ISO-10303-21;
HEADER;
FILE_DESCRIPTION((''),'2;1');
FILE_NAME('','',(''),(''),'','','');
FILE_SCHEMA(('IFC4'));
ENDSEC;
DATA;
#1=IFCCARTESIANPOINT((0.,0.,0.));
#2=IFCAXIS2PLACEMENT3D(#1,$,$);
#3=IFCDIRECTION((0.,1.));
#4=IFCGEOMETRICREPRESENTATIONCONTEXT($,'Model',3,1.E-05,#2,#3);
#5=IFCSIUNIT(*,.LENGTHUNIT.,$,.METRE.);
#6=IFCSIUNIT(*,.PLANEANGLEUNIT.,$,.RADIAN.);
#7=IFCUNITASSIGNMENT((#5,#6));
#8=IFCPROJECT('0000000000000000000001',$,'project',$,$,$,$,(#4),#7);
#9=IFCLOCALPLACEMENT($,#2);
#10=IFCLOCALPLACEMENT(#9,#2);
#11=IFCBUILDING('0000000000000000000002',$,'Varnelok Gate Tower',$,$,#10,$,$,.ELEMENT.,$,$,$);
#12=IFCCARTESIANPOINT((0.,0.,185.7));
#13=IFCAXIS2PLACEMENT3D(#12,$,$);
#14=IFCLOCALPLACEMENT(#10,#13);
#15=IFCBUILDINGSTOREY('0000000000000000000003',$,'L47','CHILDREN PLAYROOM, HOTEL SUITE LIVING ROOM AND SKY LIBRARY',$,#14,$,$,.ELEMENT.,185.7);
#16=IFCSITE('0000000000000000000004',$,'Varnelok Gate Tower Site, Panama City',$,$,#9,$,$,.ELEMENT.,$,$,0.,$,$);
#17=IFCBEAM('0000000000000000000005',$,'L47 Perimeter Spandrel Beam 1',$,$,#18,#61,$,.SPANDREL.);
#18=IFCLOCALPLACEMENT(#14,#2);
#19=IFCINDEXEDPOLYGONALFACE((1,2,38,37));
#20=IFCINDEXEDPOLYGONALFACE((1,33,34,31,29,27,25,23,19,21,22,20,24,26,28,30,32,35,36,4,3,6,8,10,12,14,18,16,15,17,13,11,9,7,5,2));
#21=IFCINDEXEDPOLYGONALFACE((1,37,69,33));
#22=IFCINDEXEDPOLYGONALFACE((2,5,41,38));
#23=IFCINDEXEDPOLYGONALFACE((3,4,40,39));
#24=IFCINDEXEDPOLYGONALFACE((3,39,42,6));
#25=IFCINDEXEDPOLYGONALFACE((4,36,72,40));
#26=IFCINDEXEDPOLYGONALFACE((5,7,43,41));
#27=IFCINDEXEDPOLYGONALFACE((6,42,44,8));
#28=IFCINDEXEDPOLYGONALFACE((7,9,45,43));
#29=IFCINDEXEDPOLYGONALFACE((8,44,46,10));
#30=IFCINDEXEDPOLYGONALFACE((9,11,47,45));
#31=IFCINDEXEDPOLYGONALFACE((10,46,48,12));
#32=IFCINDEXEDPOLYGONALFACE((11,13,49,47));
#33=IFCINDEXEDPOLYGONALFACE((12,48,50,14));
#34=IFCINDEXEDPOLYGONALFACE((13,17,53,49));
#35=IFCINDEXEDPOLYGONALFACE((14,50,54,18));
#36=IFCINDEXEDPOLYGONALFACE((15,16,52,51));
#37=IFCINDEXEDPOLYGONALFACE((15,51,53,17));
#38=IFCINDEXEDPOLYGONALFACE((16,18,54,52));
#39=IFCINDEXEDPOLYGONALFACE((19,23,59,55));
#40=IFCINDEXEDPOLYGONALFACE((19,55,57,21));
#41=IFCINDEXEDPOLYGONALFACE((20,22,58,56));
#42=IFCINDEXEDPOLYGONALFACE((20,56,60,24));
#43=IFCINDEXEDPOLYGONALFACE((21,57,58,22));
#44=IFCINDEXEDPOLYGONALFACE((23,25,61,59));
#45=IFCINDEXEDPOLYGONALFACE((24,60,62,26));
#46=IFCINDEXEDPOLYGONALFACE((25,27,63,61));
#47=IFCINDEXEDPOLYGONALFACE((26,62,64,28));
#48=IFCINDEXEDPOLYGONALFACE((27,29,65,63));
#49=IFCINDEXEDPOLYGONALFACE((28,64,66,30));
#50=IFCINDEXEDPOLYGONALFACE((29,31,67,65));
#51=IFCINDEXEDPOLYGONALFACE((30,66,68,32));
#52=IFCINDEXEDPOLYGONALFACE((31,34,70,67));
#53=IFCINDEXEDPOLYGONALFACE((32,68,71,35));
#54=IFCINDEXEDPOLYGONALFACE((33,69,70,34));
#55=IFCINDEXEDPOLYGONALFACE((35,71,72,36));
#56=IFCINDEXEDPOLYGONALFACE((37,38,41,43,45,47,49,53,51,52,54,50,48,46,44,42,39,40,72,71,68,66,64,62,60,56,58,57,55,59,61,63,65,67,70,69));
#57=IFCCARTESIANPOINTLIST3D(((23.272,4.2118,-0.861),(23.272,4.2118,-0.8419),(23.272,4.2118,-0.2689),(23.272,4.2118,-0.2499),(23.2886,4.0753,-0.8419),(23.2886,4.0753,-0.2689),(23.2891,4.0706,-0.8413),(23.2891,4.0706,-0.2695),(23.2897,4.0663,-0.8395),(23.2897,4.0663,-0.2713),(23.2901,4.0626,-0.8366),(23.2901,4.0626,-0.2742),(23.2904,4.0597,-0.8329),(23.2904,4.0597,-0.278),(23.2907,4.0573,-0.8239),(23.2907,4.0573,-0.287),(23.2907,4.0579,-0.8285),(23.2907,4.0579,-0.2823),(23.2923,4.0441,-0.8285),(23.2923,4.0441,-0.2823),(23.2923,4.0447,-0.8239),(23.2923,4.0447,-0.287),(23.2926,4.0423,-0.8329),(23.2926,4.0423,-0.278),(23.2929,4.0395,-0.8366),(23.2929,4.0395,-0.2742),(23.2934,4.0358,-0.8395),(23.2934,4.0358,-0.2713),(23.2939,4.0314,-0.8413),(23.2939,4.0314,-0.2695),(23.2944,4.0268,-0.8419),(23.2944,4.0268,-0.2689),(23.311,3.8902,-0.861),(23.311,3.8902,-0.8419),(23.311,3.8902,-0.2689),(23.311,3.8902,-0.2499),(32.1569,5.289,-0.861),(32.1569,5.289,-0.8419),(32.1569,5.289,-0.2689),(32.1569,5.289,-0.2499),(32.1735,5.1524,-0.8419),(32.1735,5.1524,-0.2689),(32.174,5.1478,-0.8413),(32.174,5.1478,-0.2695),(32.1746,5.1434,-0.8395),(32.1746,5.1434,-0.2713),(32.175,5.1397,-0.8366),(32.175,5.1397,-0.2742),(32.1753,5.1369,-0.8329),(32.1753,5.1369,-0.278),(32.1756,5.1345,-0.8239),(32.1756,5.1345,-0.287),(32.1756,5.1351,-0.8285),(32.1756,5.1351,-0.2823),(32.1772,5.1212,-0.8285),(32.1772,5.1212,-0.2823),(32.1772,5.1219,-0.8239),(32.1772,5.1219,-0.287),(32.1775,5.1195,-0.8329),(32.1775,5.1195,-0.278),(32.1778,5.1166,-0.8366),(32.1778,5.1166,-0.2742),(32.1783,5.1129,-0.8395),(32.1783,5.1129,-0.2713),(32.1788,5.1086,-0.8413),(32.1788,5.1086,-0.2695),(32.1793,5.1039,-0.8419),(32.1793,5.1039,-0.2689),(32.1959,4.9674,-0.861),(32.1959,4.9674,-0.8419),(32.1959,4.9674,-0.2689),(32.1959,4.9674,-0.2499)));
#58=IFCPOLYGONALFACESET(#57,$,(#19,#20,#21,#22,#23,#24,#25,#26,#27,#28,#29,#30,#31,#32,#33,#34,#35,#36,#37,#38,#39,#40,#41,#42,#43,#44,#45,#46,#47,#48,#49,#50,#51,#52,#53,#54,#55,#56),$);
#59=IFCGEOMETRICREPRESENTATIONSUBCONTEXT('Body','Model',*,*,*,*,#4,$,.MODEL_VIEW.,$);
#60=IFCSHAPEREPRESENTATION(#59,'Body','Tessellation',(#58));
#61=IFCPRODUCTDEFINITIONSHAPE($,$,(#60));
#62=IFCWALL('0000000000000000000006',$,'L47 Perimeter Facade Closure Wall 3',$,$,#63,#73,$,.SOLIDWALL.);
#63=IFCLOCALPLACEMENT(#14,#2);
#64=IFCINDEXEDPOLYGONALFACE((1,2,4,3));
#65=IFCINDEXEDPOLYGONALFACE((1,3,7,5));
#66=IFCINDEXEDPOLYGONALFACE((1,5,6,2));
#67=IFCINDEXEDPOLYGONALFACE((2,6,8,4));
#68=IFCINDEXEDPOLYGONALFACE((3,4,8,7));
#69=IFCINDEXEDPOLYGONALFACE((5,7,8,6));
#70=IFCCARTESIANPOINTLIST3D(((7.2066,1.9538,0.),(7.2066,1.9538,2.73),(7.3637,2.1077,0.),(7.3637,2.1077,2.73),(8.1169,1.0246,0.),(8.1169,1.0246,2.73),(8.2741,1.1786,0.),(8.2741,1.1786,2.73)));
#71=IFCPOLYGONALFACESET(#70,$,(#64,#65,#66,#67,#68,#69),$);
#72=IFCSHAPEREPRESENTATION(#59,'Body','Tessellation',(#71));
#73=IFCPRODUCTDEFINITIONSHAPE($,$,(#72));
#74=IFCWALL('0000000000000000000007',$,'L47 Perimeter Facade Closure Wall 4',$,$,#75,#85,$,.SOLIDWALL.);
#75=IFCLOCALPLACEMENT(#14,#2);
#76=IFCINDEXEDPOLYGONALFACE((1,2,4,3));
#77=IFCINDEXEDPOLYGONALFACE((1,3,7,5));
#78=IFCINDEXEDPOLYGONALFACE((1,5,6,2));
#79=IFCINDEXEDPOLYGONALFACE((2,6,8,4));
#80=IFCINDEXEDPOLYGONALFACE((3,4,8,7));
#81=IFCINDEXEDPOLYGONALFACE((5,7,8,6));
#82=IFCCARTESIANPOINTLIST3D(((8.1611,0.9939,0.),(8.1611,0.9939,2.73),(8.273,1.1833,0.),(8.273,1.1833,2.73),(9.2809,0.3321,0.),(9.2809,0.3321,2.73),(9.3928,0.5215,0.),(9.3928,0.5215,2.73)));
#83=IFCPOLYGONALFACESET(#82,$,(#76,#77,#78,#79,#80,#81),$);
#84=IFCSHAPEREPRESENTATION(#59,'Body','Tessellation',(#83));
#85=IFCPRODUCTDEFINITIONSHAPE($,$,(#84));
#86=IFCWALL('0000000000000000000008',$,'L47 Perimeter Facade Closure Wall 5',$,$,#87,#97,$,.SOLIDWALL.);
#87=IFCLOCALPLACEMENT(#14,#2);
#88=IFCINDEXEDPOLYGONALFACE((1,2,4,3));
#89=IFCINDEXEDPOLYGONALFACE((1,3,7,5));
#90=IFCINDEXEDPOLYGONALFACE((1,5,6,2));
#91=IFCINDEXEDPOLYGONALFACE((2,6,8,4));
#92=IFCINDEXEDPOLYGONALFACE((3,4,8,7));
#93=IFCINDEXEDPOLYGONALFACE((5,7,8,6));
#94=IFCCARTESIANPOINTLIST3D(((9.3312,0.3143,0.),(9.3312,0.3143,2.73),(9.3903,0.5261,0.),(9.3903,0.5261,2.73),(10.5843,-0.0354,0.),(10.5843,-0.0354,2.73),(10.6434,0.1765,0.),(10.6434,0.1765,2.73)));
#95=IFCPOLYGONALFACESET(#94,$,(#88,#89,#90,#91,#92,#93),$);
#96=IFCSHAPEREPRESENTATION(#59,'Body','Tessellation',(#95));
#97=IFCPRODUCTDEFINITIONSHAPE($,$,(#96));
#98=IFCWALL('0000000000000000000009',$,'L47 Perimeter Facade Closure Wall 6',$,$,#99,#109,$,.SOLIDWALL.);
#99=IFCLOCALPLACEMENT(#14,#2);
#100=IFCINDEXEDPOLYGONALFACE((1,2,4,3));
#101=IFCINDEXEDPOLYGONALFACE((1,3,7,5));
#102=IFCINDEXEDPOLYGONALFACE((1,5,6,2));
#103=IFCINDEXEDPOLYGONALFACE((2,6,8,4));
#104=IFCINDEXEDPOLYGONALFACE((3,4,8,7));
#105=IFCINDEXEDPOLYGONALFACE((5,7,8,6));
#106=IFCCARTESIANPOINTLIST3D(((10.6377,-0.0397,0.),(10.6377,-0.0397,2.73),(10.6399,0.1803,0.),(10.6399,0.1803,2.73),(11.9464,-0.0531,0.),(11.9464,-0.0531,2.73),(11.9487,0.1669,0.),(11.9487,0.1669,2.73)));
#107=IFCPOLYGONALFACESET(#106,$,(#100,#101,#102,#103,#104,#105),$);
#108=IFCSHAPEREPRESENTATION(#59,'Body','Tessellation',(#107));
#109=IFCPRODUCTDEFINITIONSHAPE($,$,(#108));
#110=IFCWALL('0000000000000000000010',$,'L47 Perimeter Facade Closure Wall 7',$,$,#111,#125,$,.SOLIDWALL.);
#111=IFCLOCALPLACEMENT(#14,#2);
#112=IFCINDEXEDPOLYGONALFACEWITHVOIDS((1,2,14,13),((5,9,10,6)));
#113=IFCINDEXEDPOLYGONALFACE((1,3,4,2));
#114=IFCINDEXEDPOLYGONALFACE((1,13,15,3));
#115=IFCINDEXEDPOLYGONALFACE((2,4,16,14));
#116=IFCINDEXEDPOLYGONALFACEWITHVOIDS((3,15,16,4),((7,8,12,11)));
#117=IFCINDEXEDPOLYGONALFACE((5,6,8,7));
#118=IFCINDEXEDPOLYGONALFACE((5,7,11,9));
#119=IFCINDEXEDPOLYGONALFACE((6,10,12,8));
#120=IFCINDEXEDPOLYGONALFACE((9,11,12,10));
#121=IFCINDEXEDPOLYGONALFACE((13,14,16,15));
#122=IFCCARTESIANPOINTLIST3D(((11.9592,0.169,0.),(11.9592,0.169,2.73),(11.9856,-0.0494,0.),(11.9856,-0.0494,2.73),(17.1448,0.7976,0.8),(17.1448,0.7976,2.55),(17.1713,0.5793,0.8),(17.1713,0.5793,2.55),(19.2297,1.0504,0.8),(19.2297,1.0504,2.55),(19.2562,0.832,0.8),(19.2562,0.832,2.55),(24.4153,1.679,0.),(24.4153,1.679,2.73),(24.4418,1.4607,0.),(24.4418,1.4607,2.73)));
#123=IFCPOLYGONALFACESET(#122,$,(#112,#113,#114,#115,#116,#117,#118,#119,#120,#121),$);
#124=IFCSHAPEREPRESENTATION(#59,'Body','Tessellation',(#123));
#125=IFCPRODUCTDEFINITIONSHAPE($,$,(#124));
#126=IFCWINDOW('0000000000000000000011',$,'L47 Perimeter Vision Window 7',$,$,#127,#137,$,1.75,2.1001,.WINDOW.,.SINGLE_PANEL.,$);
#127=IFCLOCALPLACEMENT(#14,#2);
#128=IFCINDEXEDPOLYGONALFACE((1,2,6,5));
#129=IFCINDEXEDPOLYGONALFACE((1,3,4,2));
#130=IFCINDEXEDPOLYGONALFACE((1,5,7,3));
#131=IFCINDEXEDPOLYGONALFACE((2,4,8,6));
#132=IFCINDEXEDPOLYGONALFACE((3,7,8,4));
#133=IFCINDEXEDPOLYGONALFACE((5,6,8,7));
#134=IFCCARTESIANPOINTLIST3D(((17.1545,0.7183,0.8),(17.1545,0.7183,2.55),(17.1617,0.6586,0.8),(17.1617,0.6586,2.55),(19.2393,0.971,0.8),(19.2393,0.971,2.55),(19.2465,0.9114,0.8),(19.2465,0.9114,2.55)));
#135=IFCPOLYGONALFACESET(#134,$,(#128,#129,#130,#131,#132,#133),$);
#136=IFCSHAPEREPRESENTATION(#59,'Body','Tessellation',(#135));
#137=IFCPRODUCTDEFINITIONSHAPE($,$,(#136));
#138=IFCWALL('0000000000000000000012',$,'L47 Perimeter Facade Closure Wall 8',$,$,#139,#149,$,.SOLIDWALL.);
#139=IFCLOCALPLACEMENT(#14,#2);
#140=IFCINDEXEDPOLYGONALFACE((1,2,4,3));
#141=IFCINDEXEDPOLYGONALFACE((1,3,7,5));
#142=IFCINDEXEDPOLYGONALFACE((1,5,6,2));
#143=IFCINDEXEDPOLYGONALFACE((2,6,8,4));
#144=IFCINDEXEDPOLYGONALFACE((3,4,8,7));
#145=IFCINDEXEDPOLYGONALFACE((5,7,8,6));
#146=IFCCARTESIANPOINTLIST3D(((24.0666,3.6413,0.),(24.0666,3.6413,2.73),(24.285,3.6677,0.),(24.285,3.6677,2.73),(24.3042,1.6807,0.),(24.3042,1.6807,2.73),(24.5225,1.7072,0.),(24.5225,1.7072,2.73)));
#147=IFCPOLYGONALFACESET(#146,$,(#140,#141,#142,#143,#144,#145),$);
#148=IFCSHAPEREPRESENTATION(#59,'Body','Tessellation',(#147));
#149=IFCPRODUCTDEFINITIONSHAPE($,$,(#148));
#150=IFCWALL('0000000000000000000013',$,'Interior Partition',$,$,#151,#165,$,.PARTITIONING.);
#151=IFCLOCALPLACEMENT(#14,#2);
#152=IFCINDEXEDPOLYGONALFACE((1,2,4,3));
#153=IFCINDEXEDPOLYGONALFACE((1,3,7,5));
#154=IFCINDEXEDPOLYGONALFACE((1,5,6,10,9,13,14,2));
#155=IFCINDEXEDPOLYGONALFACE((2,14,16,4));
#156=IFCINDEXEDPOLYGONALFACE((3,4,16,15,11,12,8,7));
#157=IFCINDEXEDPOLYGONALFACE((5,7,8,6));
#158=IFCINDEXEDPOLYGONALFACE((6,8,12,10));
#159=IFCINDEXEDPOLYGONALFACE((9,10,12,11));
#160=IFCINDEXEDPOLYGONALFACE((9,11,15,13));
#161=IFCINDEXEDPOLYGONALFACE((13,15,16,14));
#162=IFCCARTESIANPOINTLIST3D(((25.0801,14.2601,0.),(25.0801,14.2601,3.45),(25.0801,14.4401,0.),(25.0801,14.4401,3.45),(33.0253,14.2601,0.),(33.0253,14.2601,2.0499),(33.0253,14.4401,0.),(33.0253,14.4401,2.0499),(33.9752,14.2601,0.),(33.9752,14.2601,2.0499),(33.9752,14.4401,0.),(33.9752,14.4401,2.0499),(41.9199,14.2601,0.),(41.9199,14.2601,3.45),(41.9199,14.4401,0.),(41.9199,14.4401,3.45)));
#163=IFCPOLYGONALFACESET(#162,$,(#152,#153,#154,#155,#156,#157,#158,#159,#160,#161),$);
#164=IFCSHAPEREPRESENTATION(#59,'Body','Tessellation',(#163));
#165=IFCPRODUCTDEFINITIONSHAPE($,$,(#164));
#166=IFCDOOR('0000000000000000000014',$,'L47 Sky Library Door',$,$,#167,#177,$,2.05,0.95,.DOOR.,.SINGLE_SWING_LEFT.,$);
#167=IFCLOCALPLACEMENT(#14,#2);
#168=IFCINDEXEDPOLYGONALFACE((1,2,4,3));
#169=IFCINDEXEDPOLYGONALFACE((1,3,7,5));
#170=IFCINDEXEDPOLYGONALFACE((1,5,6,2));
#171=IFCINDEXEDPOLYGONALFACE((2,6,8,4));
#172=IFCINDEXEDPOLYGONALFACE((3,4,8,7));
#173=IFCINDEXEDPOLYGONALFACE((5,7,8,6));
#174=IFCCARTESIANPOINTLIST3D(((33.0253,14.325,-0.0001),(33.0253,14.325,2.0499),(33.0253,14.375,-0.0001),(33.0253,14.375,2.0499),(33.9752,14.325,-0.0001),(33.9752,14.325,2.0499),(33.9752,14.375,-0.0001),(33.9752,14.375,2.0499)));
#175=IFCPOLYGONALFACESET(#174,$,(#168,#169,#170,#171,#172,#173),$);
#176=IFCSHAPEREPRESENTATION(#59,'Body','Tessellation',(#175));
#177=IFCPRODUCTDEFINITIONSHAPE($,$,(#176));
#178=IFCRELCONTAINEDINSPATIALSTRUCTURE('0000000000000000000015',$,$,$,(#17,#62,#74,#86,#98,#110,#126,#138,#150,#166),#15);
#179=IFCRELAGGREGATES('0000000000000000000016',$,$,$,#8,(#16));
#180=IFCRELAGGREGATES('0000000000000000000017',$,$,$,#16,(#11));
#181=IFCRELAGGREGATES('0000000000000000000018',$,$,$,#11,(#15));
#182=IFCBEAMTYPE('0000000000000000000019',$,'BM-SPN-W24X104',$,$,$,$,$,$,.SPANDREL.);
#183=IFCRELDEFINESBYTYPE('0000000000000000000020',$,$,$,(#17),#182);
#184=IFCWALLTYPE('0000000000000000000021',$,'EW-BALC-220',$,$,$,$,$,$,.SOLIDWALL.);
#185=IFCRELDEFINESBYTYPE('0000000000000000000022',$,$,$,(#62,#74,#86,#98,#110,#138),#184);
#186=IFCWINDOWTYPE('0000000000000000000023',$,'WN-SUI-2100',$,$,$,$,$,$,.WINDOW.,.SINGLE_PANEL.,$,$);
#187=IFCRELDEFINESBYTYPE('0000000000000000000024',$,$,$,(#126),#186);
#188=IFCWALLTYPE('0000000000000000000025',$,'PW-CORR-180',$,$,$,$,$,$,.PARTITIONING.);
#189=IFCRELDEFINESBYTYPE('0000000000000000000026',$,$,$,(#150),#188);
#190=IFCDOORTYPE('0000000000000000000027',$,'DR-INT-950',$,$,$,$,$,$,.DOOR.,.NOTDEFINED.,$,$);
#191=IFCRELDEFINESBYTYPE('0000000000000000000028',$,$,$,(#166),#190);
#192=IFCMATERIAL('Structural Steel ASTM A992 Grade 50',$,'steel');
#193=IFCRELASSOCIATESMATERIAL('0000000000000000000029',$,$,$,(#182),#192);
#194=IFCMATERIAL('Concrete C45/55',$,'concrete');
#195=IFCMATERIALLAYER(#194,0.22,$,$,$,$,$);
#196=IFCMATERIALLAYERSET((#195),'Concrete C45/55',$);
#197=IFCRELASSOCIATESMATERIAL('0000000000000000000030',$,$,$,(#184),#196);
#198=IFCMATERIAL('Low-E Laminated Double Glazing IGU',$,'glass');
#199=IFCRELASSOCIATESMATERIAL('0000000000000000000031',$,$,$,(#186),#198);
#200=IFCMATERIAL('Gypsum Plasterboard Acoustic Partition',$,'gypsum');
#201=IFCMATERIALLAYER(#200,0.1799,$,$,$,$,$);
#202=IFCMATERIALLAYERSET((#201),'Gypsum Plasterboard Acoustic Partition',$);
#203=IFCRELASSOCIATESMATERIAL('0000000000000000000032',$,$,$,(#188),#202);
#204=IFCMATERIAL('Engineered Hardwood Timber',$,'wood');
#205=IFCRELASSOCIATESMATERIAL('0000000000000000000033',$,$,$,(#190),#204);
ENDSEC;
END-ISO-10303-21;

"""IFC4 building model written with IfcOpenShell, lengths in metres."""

from ifc_helpers import new_model, si_unit, direction, frame, frame_2d, origin, origin_2d, place, context, subcontext, project, spatial, rectangle, i_section, extrude, material, layer, layer_set, material_profile, profile_set, type_object, element, fill, save


model = new_model("IFC4")

# Units and contexts
model_context = context("Model", 3, precision=1e-05, world=origin(), true_north=direction((0.0, 1.0)))
body_context = subcontext(model_context, "Body", "Model", "MODEL_VIEW")
ifc_project = project(units=[si_unit("LENGTHUNIT", "METRE"), si_unit("PLANEANGLEUNIT", "RADIAN")], contexts=[model_context])

# Site, building, storey
site_placement = place(None, origin())
site = spatial("IfcSite", under=ifc_project, at=site_placement, Name="Varnelok Gate Tower Site, Panama City", CompositionType="ELEMENT", RefElevation=0.0)
building_placement = place(site_placement, origin())
building = spatial("IfcBuilding", under=site, at=building_placement, Name="Varnelok Gate Tower", CompositionType="ELEMENT")
storey_placement = place(building_placement, frame((0.0, 0.0, 185.7)))
storey = spatial("IfcBuildingStorey", under=building, at=storey_placement, Name="L47", Description="CHILDREN PLAYROOM, HOTEL SUITE LIVING ROOM AND SKY LIBRARY", CompositionType="ELEMENT", Elevation=185.7)

# Shared definitions
ifc_material_1 = material(Name="Structural Steel ASTM A992 Grade 50", Category="steel")

# Beam
ifc_material_profile_1 = material_profile(ifc_material_1, i_section(OverallWidth=0.324, OverallDepth=0.6111, WebThickness=0.0127, FlangeThickness=0.019, FilletRadius=0.0181, at=origin_2d()), Name="W24X104")
ifc_profile_set_1 = profile_set([ifc_material_profile_1], Name="Structural Steel ASTM A992 Grade 50")
beam_type_1 = type_object("IfcBeamType", Name="BM-SPN-W24X104", PredefinedType="SPANDREL", material=ifc_profile_set_1)
beam_1_placement = place(storey_placement, frame((23.2915, 4.051, -0.5554), z_axis=(0.992731, 0.120351, 0.0), x_axis=(-0.120351, 0.992731, 0.0)))
element("IfcBeam", 1, at=beam_1_placement, inside=storey, type_object=beam_type_1, Name="L47 Perimeter Spandrel Beam 1", PredefinedType="SPANDREL", context=body_context, shape_type="SweptSolid", body=[
    extrude(i_section(OverallWidth=0.324, OverallDepth=0.6111, WebThickness=0.0127, FlangeThickness=0.019, FilletRadius=0.0181, at=origin_2d()), origin(), (0.0, 0.0, 1.0), 8.95),
])

# Walls
ifc_material_2 = material(Name="Concrete C45/55", Category="concrete")
ifc_layer_1 = layer(ifc_material_2, 0.22)
ifc_layer_set_1 = layer_set([ifc_layer_1], Name="Concrete C45/55")
wall_type_1 = type_object("IfcWallType", Name="EW-BALC-220", PredefinedType="SOLIDWALL", material=ifc_layer_set_1)
for number, where, z_axis, x_axis, name in (
    (2, (7.2852, 2.0308, 0.0), (0.0, 0.0, 1.0), (0.699844, -0.714295, 0.0), "L47 Perimeter Facade Closure Wall 3"),
    (3, (8.217, 1.0886, 0.0), (0.0, 0.0, 1.0), (0.860885, -0.508799, 0.0), "L47 Perimeter Facade Closure Wall 4"),
):
    element("IfcWall", number, at=place(storey_placement, frame(where, z_axis=z_axis, x_axis=x_axis)), inside=storey, type_object=wall_type_1, Name=name, PredefinedType="SOLIDWALL", context=body_context, shape_type="SweptSolid", body=[
        extrude(rectangle(XDim=1.3008, YDim=0.22, at=frame_2d((0.6504, 0.0))), origin(), (0.0, 0.0, 1.0), 2.73),
    ])
wall_1_placement = place(storey_placement, frame((9.3608, 0.4202, 0.0), z_axis=(0.0, 0.0, 1.0), x_axis=(0.963219, -0.268718, 0.0)))
element("IfcWall", 4, at=wall_1_placement, inside=storey, type_object=wall_type_1, Name="L47 Perimeter Facade Closure Wall 5", PredefinedType="SOLIDWALL", context=body_context, shape_type="SweptSolid", body=[
    extrude(rectangle(XDim=1.301, YDim=0.22, at=frame_2d((0.6504, 0.0))), origin(), (0.0, 0.0, 1.0), 2.73),
])
wall_2_placement = place(storey_placement, frame((10.6389, 0.0703, 0.0), z_axis=(0.0, 0.0, 1.0), x_axis=(0.999947, -0.010259, 0.0)))
element("IfcWall", 5, at=wall_2_placement, inside=storey, type_object=wall_type_1, Name="L47 Perimeter Facade Closure Wall 6", PredefinedType="SOLIDWALL", context=body_context, shape_type="SweptSolid", body=[
    extrude(rectangle(XDim=1.3088, YDim=0.22, at=frame_2d((0.6543, 0.0))), origin(), (0.0, 0.0, 1.0), 2.73),
])

# Wall, opening, window
wall_3_placement = place(storey_placement, frame((11.9724, 0.0598, 0.0), z_axis=(0.0, 0.0, 1.0), x_axis=(0.992732, 0.120346, 0.0)))
wall_3 = element("IfcWall", 6, at=wall_3_placement, inside=storey, type_object=wall_type_1, Name="L47 Perimeter Facade Closure Wall 7", PredefinedType="SOLIDWALL", context=body_context, shape_type="SweptSolid", body=[
    extrude(rectangle(XDim=12.5474, YDim=0.22, at=frame_2d((6.2737, 0.0))), origin(), (0.0, 0.0, 1.0), 2.73),
])
opening_1_placement = place(wall_3_placement, frame((5.2236, 0.0, 0.8)))
opening_1 = element("IfcOpeningElement", 7, at=opening_1_placement, cuts=wall_3, PredefinedType="OPENING", context=body_context, shape_type="SweptSolid", body=[
    extrude(rectangle(XDim=2.1001, YDim=1.75, at=frame_2d((1.05, 0.875))), frame((0.0, 0.1199, 0.0), z_axis=(0.0, -1.0, 0.0), x_axis=(1.0, 0.0, 0.0)), (0.0, 0.0, 1.0), 0.24),
])
ifc_material_3 = material(Name="Low-E Laminated Double Glazing IGU", Category="glass")
window_type = type_object("IfcWindowType", Name="WN-SUI-2100", PartitioningType="SINGLE_PANEL", PredefinedType="WINDOW", material=ifc_material_3)
window_placement = place(opening_1_placement, origin())
window = element("IfcWindow", 8, at=window_placement, inside=storey, type_object=window_type, Name="L47 Perimeter Vision Window 7", OverallHeight=1.75, OverallWidth=2.1001, PartitioningType="SINGLE_PANEL", PredefinedType="WINDOW", context=body_context, shape_type="SweptSolid", body=[
    extrude(rectangle(XDim=2.1001, YDim=1.75, at=frame_2d((1.05, 0.875))), frame((0.0, 0.03, 0.0), z_axis=(0.0, -1.0, 0.0), x_axis=(1.0, 0.0, 0.0)), (0.0, 0.0, 1.0), 0.0601),
])
fill(opening_1, window)

# Wall
wall_4_placement = place(storey_placement, frame((24.4133, 1.6941, 0.0), z_axis=(0.0, 0.0, 1.0), x_axis=(-0.120291, 0.992739, 0.0)))
element("IfcWall", 9, at=wall_4_placement, inside=storey, type_object=wall_type_1, Name="L47 Perimeter Facade Closure Wall 8", PredefinedType="SOLIDWALL", context=body_context, shape_type="SweptSolid", body=[
    extrude(rectangle(XDim=1.9749, YDim=0.22, at=frame_2d((0.9873, 0.0))), origin(), (0.0, 0.0, 1.0), 2.73),
])

# Wall, opening, door
ifc_material_4 = material(Name="Gypsum Plasterboard Acoustic Partition", Category="gypsum")
ifc_layer_2 = layer(ifc_material_4, 0.1799)
ifc_layer_set_2 = layer_set([ifc_layer_2], Name="Gypsum Plasterboard Acoustic Partition")
wall_type_2 = type_object("IfcWallType", Name="PW-CORR-180", PredefinedType="PARTITIONING", material=ifc_layer_set_2)
wall_5_placement = place(storey_placement, frame((25.0801, 14.3501, 0.0), z_axis=(0.0, 0.0, 1.0), x_axis=(1.0, 0.0, 0.0)))
wall_5 = element("IfcWall", 10, at=wall_5_placement, inside=storey, type_object=wall_type_2, Name="Interior Partition", PredefinedType="PARTITIONING", context=body_context, shape_type="SweptSolid", body=[
    extrude(rectangle(XDim=16.8398, YDim=0.1799, at=frame_2d((8.4199, 0.0))), origin(), (0.0, 0.0, 1.0), 3.45),
])
opening_2_placement = place(wall_5_placement, frame((7.9451, 0.0, 0.0)))
opening_2 = element("IfcOpeningElement", 11, at=opening_2_placement, cuts=wall_5, PredefinedType="OPENING", context=body_context, shape_type="SweptSolid", body=[
    extrude(rectangle(XDim=0.95, YDim=2.05, at=frame_2d((0.4751, 1.0249))), frame((0.0, 0.0999, 0.0), z_axis=(0.0, -1.0, 0.0), x_axis=(1.0, 0.0, 0.0)), (0.0, 0.0, 1.0), 0.2),
])
ifc_material_5 = material(Name="Engineered Hardwood Timber", Category="wood")
door_type_1 = type_object("IfcDoorType", Name="DR-INT-950", OperationType="NOTDEFINED", PredefinedType="DOOR", material=ifc_material_5)
door_1_placement = place(opening_2_placement, origin())
door_1 = element("IfcDoor", 12, at=door_1_placement, inside=storey, type_object=door_type_1, Name="L47 Sky Library Door", OperationType="SINGLE_SWING_LEFT", OverallHeight=2.05, OverallWidth=0.95, PredefinedType="DOOR", context=body_context, shape_type="SweptSolid", body=[
    extrude(rectangle(XDim=0.95, YDim=2.05, at=frame_2d((0.4751, 1.0249))), frame((0.0, 0.0249, 0.0), z_axis=(0.0, -1.0, 0.0), x_axis=(1.0, 0.0, 0.0)), (0.0, 0.0, 1.0), 0.05),
])
fill(opening_2, door_1)

save(model, "model.ifc")
